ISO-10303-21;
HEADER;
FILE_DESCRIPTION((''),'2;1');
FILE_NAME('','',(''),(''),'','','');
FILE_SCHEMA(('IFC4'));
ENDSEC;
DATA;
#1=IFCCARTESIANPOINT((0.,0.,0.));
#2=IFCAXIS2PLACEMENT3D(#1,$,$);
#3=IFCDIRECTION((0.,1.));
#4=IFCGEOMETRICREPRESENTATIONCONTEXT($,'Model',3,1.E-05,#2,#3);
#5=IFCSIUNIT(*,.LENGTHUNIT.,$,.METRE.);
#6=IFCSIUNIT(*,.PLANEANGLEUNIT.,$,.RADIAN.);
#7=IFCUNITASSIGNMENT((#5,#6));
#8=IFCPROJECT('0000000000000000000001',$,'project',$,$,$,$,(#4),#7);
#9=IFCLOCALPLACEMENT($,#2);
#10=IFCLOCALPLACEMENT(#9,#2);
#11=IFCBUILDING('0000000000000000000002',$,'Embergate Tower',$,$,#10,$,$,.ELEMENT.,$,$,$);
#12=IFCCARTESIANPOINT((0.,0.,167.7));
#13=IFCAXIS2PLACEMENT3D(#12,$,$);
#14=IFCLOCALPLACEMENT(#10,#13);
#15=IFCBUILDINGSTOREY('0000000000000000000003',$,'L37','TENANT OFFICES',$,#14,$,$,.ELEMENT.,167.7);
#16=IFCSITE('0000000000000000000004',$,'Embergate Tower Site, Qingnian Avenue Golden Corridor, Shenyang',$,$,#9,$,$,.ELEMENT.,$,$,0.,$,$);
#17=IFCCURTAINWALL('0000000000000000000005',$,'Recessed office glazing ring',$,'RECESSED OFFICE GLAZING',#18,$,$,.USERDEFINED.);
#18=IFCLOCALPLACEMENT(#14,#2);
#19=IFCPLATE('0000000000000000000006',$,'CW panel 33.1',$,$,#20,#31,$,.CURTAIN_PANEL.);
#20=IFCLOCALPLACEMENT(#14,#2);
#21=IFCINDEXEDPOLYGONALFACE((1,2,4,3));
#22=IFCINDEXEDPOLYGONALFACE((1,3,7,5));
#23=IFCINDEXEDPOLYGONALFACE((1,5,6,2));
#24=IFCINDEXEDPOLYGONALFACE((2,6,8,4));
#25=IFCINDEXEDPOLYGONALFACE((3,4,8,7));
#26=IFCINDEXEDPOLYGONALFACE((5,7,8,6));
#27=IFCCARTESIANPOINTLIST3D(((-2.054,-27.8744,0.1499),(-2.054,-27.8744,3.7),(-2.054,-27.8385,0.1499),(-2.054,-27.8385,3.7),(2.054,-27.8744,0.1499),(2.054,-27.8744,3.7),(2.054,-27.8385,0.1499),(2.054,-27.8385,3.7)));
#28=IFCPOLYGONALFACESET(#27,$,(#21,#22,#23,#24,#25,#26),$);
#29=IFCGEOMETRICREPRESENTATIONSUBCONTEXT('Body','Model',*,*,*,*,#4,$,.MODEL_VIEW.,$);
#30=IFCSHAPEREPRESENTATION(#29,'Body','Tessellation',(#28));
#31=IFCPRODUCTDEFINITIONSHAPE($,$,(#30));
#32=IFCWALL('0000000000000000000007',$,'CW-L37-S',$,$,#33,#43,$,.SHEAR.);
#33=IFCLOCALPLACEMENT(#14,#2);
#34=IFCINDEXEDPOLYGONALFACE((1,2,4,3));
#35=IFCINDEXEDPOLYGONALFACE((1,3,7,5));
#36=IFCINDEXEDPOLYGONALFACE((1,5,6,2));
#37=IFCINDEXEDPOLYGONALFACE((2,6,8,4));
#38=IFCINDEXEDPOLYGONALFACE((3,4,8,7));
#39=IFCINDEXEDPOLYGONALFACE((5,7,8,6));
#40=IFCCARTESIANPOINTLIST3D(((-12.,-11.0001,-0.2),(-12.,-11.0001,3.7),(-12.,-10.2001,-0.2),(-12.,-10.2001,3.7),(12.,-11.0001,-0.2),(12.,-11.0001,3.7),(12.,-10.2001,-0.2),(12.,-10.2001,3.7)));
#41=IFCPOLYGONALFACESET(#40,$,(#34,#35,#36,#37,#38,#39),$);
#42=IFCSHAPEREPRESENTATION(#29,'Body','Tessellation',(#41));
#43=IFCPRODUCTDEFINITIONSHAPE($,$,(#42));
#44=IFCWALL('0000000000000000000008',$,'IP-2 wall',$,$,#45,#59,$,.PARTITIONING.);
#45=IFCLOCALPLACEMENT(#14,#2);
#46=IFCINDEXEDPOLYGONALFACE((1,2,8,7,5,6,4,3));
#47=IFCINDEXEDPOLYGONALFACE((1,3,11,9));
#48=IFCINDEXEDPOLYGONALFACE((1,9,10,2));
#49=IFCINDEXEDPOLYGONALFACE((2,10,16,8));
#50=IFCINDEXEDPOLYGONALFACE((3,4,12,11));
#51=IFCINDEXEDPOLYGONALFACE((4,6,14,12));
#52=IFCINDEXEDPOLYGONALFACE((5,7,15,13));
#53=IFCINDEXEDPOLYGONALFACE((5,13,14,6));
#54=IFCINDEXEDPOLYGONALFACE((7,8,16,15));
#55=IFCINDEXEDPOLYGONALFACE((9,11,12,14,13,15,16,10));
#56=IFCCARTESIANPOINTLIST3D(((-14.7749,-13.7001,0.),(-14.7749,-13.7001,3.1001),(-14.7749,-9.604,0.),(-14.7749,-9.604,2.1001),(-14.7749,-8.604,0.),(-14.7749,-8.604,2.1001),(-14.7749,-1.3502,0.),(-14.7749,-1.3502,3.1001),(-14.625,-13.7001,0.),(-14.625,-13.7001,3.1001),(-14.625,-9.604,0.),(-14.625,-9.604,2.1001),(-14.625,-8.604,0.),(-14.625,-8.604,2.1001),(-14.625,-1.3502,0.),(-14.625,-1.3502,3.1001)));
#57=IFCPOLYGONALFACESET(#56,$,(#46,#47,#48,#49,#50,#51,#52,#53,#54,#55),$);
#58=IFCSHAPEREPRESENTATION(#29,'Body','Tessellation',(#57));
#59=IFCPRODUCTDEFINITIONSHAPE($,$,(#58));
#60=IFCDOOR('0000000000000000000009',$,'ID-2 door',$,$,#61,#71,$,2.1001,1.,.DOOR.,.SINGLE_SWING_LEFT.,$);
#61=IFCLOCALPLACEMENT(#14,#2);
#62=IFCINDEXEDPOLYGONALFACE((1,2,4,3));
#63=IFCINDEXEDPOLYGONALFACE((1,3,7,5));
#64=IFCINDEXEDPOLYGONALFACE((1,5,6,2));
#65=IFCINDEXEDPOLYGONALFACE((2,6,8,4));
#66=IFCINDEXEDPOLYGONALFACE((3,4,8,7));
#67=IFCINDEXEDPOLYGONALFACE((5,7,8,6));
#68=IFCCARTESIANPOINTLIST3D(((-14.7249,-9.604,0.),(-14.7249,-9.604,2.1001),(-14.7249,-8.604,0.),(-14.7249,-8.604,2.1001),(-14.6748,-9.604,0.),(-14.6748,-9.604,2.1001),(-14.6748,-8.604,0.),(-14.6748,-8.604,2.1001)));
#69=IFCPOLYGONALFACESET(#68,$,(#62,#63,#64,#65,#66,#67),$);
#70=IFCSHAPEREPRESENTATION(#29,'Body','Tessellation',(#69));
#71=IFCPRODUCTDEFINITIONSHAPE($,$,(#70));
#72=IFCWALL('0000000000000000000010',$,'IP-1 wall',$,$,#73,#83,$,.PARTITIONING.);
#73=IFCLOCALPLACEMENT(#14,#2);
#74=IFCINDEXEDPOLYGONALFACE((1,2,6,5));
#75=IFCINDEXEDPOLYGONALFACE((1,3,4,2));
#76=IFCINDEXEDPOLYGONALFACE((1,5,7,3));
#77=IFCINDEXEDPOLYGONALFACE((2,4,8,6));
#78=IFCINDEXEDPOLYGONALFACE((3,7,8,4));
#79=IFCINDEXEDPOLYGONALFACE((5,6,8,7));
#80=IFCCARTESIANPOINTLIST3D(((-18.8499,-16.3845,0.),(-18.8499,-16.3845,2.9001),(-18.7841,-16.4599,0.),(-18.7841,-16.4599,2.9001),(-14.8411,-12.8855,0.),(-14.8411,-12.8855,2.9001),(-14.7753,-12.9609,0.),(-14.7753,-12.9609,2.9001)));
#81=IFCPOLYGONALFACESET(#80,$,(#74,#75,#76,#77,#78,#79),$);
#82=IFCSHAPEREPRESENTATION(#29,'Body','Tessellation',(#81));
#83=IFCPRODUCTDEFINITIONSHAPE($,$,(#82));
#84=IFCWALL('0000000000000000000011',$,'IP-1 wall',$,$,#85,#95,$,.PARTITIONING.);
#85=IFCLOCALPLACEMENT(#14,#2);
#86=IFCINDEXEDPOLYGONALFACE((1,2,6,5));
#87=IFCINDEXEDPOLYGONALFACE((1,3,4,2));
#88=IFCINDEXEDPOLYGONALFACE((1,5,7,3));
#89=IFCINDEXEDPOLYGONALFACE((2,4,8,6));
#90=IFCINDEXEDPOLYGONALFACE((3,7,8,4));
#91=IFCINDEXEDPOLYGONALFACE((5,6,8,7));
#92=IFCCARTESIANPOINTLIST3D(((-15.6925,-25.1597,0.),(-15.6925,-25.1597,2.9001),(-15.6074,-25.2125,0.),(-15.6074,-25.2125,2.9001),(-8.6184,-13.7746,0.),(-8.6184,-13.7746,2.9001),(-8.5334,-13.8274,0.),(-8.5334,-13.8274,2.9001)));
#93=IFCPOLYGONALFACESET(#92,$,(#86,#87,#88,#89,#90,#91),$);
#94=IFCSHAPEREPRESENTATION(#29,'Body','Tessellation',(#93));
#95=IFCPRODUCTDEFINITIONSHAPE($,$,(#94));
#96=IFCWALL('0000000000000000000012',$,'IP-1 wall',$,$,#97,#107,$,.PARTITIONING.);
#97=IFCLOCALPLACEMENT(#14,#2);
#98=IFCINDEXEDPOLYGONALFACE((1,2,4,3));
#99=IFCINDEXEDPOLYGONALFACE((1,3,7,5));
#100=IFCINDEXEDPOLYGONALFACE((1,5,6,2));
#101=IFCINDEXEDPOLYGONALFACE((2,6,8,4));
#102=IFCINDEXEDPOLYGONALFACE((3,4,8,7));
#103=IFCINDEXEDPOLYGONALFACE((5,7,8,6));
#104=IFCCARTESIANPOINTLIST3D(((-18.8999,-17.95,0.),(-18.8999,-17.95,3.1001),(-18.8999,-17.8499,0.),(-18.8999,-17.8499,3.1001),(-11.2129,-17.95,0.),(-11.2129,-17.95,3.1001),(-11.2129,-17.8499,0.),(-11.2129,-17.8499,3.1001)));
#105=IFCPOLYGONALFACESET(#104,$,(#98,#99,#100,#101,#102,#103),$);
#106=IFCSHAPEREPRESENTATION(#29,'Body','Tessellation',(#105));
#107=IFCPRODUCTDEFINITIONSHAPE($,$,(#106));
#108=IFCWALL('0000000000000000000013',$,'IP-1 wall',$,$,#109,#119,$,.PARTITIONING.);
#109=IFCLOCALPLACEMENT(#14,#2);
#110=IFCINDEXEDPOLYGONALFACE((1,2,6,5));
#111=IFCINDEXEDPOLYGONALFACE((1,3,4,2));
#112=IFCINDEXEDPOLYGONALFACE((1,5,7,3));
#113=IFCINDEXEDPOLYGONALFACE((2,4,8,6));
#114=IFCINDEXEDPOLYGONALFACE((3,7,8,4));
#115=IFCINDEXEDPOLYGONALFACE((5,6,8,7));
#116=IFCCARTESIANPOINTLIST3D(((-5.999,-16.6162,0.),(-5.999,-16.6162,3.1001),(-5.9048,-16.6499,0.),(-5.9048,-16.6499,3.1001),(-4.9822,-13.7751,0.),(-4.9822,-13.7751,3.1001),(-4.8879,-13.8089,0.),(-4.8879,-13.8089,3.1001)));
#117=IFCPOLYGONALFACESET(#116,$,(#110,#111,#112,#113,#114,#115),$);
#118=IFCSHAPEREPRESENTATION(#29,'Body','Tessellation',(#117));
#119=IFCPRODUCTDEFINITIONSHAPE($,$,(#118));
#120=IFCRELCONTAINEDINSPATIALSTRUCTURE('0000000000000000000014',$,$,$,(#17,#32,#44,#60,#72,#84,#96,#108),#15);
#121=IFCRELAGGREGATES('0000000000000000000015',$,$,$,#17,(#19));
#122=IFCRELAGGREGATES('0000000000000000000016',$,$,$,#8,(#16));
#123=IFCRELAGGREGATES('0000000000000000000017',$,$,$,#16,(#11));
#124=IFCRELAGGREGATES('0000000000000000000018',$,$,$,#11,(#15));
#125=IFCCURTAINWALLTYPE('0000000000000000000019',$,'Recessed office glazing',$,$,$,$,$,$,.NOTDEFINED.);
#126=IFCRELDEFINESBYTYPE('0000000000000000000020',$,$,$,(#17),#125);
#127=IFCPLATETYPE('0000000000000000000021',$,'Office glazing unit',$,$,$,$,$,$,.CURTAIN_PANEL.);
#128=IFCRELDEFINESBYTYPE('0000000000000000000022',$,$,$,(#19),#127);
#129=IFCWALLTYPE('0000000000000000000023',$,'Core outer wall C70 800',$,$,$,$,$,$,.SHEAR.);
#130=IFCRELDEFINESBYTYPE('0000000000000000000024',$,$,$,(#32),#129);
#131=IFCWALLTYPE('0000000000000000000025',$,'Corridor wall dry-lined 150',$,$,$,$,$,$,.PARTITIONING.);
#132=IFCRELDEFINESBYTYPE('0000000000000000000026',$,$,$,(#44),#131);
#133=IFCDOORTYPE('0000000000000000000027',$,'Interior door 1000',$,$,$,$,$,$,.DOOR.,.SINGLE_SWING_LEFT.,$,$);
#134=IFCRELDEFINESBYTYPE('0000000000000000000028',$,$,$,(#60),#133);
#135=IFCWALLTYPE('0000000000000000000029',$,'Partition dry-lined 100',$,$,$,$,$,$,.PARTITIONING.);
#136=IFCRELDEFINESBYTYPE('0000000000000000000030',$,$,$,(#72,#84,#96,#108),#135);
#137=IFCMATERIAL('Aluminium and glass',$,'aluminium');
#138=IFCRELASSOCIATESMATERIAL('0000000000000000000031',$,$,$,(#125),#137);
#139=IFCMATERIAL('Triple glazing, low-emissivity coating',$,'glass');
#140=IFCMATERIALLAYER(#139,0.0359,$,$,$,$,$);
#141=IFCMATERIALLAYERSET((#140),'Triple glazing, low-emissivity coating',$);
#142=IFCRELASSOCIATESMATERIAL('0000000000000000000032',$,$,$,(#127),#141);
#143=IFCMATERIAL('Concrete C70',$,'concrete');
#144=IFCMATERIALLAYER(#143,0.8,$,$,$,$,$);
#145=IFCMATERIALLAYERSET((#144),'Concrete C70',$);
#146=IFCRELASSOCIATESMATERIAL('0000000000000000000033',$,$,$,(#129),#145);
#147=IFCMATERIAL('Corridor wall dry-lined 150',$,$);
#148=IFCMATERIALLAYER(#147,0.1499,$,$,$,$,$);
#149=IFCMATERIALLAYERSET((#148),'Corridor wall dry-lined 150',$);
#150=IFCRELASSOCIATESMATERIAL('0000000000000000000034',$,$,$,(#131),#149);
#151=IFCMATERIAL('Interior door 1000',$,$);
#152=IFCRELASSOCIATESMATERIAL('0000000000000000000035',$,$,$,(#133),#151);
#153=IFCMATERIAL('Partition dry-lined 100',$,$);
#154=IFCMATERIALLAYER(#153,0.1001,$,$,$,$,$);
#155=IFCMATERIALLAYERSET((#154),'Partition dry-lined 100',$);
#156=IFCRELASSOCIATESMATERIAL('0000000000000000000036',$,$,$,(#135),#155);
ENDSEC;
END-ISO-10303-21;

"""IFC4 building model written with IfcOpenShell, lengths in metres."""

from ifc_helpers import new_model, si_unit, direction, frame, frame_2d, origin, origin_2d, place, context, subcontext, project, spatial, rectangle, extrude, source, transform, mapped, material, layer, layer_set, type_object, element, fill, aggregate, save


model = new_model("IFC4")

# Units and contexts
model_context = context("Model", 3, precision=1e-05, world=origin(), true_north=direction((0.0, 1.0)))
body_context = subcontext(model_context, "Body", "Model", "MODEL_VIEW")
ifc_project = project(units=[si_unit("LENGTHUNIT", "METRE"), si_unit("PLANEANGLEUNIT", "RADIAN")], contexts=[model_context])

# Site, building, storey
site_placement = place(None, origin())
site = spatial("IfcSite", under=ifc_project, at=site_placement, Name="Embergate Tower Site, Qingnian Avenue Golden Corridor, Shenyang", CompositionType="ELEMENT", RefElevation=0.0)
building_placement = place(site_placement, origin())
building = spatial("IfcBuilding", under=site, at=building_placement, Name="Embergate Tower", CompositionType="ELEMENT")
storey_placement = place(building_placement, frame((0.0, 0.0, 167.7)))
storey = spatial("IfcBuildingStorey", under=building, at=storey_placement, Name="L37", Description="TENANT OFFICES", CompositionType="ELEMENT", Elevation=167.7)

# Shared definitions
ifc_material_1 = material(Name="Concrete C70", Category="concrete")

# Curtain wall
ifc_material_2 = material(Name="Aluminium and glass", Category="aluminium")
curtain_wall_type = type_object("IfcCurtainWallType", Name="Recessed office glazing", PredefinedType="NOTDEFINED", material=ifc_material_2)
curtain_wall_placement = place(storey_placement, origin())
curtain_wall = element("IfcCurtainWall", 1, at=curtain_wall_placement, inside=storey, type_object=curtain_wall_type, Name="Recessed office glazing ring", ObjectType="RECESSED OFFICE GLAZING", PredefinedType="USERDEFINED")

# Plate
ifc_material_3 = material(Name="Triple glazing, low-emissivity coating", Category="glass")
ifc_layer_1 = layer(ifc_material_3, 0.0359)
ifc_layer_set_1 = layer_set([ifc_layer_1], Name="Triple glazing, low-emissivity coating")
plate_type = type_object("IfcPlateType", Name="Office glazing unit", PredefinedType="CURTAIN_PANEL", material=ifc_layer_set_1)
shared_shape_1 = source(origin(), body_context, "Body", "SweptSolid", [
    extrude(rectangle(XDim=4.1079, YDim=0.0359, at=origin_2d()), origin(), (0.0, 0.0, 1.0), 3.55),
])
plate_1_placement = place(storey_placement, frame((0.0, -27.8564, 0.1499), z_axis=(0.0, 0.0, 1.0), x_axis=(1.0, 0.0, 0.0)))
plate_1 = element("IfcPlate", 2, at=plate_1_placement, type_object=plate_type, Name="CW panel 33.1", PredefinedType="CURTAIN_PANEL", context=body_context, shape_type="MappedRepresentation", body=[
    mapped(shared_shape_1, transform((0.0, 0.0, 0.0))),
])
aggregate(curtain_wall, [plate_1])

# Wall
ifc_layer_2 = layer(ifc_material_1, 0.8)
ifc_layer_set_2 = layer_set([ifc_layer_2], Name="Concrete C70")
wall_type_1 = type_object("IfcWallType", Name="Core outer wall C70 800", PredefinedType="SHEAR", material=ifc_layer_set_2)
shared_shape_2 = source(origin(), body_context, "Body", "SweptSolid", [
    extrude(rectangle(XDim=24.0, YDim=0.8, at=frame_2d((12.0, 0.0))), origin(), (0.0, 0.0, 1.0), 3.8999),
])
wall_1_placement = place(storey_placement, frame((-12.0, -10.6001, -0.2), z_axis=(0.0, 0.0, 1.0), x_axis=(1.0, 0.0, 0.0)))
element("IfcWall", 3, at=wall_1_placement, inside=storey, type_object=wall_type_1, Name="CW-L37-S", PredefinedType="SHEAR", context=body_context, shape_type="MappedRepresentation", body=[
    mapped(shared_shape_2, transform((0.0, 0.0, 0.0))),
])

# Wall, opening, door
ifc_material_4 = material(Name="Corridor wall dry-lined 150")
ifc_layer_3 = layer(ifc_material_4, 0.1499)
ifc_layer_set_3 = layer_set([ifc_layer_3], Name="Corridor wall dry-lined 150")
wall_type_2 = type_object("IfcWallType", Name="Corridor wall dry-lined 150", PredefinedType="PARTITIONING", material=ifc_layer_set_3)
shared_shape_3 = source(origin(), body_context, "Body", "SweptSolid", [
    extrude(rectangle(XDim=12.3499, YDim=0.1499, at=frame_2d((6.1748, 0.0))), origin(), (0.0, 0.0, 1.0), 3.1001),
])
wall_2_placement = place(storey_placement, frame((-14.7, -13.7, 0.0), z_axis=(0.0, 0.0, 1.0), x_axis=(0.0, 1.0, 0.0)))
wall_2 = element("IfcWall", 4, at=wall_2_placement, inside=storey, type_object=wall_type_2, Name="IP-2 wall", PredefinedType="PARTITIONING", context=body_context, shape_type="MappedRepresentation", body=[
    mapped(shared_shape_3, transform((0.0, 0.0, 0.0))),
])
shared_shape_4 = source(origin(), body_context, "Body", "SweptSolid", [
    extrude(rectangle(XDim=1.0, YDim=2.1001, at=frame_2d((0.5, 1.05))), frame((0.0, 0.085, 0.0), z_axis=(0.0, -1.0, 0.0), x_axis=(1.0, 0.0, 0.0)), (0.0, 0.0, 1.0), 0.1699),
])
opening_placement = place(wall_2_placement, frame((4.0959, 0.0, 0.0)))
opening = element("IfcOpeningElement", 5, at=opening_placement, cuts=wall_2, PredefinedType="OPENING", context=body_context, shape_type="MappedRepresentation", body=[
    mapped(shared_shape_4, transform((0.0, 0.0, 0.0))),
])
ifc_material_5 = material(Name="Interior door 1000")
door_type = type_object("IfcDoorType", Name="Interior door 1000", OperationType="SINGLE_SWING_LEFT", PredefinedType="DOOR", material=ifc_material_5)
shared_shape_5 = source(origin(), body_context, "Body", "SweptSolid", [
    extrude(rectangle(XDim=1.0, YDim=2.1001, at=frame_2d((0.5, 1.05))), frame((0.0, 0.0249, 0.0), z_axis=(0.0, -1.0, 0.0), x_axis=(1.0, 0.0, 0.0)), (0.0, 0.0, 1.0), 0.05),
])
door_placement = place(opening_placement, origin())
door = element("IfcDoor", 6, at=door_placement, inside=storey, type_object=door_type, Name="ID-2 door", OperationType="SINGLE_SWING_LEFT", OverallHeight=2.1001, OverallWidth=1.0, PredefinedType="DOOR", context=body_context, shape_type="MappedRepresentation", body=[
    mapped(shared_shape_5, transform((0.0, 0.0, 0.0))),
])
fill(opening, door)

# Walls
ifc_material_6 = material(Name="Partition dry-lined 100")
ifc_layer_4 = layer(ifc_material_6, 0.1001)
ifc_layer_set_4 = layer_set([ifc_layer_4], Name="Partition dry-lined 100")
wall_type_3 = type_object("IfcWallType", Name="Partition dry-lined 100", PredefinedType="PARTITIONING", material=ifc_layer_set_4)
shared_shape_6 = source(origin(), body_context, "Body", "SweptSolid", [
    extrude(rectangle(XDim=5.321, YDim=0.1001, at=frame_2d((2.6606, 0.0))), origin(), (0.0, 0.0, 1.0), 2.9001),
])
wall_3_placement = place(storey_placement, frame((-14.8081, -12.9231, 0.0), z_axis=(0.0, 0.0, 1.0), x_axis=(-0.753383, -0.657582, 0.0)))
element("IfcWall", 7, at=wall_3_placement, inside=storey, type_object=wall_type_3, Name="IP-1 wall", PredefinedType="PARTITIONING", context=body_context, shape_type="MappedRepresentation", body=[
    mapped(shared_shape_6, transform((0.0, 0.0, 0.0))),
])
shared_shape_7 = source(origin(), body_context, "Body", "SweptSolid", [
    extrude(rectangle(XDim=13.4038, YDim=0.1001, at=frame_2d((6.7019, 0.0))), origin(), (0.0, 0.0, 1.0), 2.9001),
])
wall_4_placement = place(storey_placement, frame((-8.5759, -13.801, 0.0), z_axis=(0.0, 0.0, 1.0), x_axis=(-0.527762, -0.849392, 0.0)))
element("IfcWall", 8, at=wall_4_placement, inside=storey, type_object=wall_type_3, Name="IP-1 wall", PredefinedType="PARTITIONING", context=body_context, shape_type="MappedRepresentation", body=[
    mapped(shared_shape_7, transform((0.0, 0.0, 0.0))),
])
shared_shape_8 = source(origin(), body_context, "Body", "SweptSolid", [
    extrude(rectangle(XDim=7.687, YDim=0.1001, at=frame_2d((3.8435, 0.0))), origin(), (0.0, 0.0, 1.0), 3.1001),
])
wall_5_placement = place(storey_placement, frame((-11.2129, -17.8999, 0.0), z_axis=(0.0, 0.0, 1.0), x_axis=(-1.0, 0.0, 0.0)))
element("IfcWall", 9, at=wall_5_placement, inside=storey, type_object=wall_type_3, Name="IP-1 wall", PredefinedType="PARTITIONING", context=body_context, shape_type="MappedRepresentation", body=[
    mapped(shared_shape_8, transform((0.0, 0.0, 0.0))),
])
shared_shape_9 = source(origin(), body_context, "Body", "SweptSolid", [
    extrude(rectangle(XDim=3.0176, YDim=0.1001, at=frame_2d((1.5088, 0.0))), origin(), (0.0, 0.0, 1.0), 3.1001),
])
wall_6_placement = place(storey_placement, frame((-4.9351, -13.792, 0.0), z_axis=(0.0, 0.0, 1.0), x_axis=(-0.336977, -0.941513, 0.0)))
element("IfcWall", 10, at=wall_6_placement, inside=storey, type_object=wall_type_3, Name="IP-1 wall", PredefinedType="PARTITIONING", context=body_context, shape_type="MappedRepresentation", body=[
    mapped(shared_shape_9, transform((0.0, 0.0, 0.0))),
])

save(model, "model.ifc")
